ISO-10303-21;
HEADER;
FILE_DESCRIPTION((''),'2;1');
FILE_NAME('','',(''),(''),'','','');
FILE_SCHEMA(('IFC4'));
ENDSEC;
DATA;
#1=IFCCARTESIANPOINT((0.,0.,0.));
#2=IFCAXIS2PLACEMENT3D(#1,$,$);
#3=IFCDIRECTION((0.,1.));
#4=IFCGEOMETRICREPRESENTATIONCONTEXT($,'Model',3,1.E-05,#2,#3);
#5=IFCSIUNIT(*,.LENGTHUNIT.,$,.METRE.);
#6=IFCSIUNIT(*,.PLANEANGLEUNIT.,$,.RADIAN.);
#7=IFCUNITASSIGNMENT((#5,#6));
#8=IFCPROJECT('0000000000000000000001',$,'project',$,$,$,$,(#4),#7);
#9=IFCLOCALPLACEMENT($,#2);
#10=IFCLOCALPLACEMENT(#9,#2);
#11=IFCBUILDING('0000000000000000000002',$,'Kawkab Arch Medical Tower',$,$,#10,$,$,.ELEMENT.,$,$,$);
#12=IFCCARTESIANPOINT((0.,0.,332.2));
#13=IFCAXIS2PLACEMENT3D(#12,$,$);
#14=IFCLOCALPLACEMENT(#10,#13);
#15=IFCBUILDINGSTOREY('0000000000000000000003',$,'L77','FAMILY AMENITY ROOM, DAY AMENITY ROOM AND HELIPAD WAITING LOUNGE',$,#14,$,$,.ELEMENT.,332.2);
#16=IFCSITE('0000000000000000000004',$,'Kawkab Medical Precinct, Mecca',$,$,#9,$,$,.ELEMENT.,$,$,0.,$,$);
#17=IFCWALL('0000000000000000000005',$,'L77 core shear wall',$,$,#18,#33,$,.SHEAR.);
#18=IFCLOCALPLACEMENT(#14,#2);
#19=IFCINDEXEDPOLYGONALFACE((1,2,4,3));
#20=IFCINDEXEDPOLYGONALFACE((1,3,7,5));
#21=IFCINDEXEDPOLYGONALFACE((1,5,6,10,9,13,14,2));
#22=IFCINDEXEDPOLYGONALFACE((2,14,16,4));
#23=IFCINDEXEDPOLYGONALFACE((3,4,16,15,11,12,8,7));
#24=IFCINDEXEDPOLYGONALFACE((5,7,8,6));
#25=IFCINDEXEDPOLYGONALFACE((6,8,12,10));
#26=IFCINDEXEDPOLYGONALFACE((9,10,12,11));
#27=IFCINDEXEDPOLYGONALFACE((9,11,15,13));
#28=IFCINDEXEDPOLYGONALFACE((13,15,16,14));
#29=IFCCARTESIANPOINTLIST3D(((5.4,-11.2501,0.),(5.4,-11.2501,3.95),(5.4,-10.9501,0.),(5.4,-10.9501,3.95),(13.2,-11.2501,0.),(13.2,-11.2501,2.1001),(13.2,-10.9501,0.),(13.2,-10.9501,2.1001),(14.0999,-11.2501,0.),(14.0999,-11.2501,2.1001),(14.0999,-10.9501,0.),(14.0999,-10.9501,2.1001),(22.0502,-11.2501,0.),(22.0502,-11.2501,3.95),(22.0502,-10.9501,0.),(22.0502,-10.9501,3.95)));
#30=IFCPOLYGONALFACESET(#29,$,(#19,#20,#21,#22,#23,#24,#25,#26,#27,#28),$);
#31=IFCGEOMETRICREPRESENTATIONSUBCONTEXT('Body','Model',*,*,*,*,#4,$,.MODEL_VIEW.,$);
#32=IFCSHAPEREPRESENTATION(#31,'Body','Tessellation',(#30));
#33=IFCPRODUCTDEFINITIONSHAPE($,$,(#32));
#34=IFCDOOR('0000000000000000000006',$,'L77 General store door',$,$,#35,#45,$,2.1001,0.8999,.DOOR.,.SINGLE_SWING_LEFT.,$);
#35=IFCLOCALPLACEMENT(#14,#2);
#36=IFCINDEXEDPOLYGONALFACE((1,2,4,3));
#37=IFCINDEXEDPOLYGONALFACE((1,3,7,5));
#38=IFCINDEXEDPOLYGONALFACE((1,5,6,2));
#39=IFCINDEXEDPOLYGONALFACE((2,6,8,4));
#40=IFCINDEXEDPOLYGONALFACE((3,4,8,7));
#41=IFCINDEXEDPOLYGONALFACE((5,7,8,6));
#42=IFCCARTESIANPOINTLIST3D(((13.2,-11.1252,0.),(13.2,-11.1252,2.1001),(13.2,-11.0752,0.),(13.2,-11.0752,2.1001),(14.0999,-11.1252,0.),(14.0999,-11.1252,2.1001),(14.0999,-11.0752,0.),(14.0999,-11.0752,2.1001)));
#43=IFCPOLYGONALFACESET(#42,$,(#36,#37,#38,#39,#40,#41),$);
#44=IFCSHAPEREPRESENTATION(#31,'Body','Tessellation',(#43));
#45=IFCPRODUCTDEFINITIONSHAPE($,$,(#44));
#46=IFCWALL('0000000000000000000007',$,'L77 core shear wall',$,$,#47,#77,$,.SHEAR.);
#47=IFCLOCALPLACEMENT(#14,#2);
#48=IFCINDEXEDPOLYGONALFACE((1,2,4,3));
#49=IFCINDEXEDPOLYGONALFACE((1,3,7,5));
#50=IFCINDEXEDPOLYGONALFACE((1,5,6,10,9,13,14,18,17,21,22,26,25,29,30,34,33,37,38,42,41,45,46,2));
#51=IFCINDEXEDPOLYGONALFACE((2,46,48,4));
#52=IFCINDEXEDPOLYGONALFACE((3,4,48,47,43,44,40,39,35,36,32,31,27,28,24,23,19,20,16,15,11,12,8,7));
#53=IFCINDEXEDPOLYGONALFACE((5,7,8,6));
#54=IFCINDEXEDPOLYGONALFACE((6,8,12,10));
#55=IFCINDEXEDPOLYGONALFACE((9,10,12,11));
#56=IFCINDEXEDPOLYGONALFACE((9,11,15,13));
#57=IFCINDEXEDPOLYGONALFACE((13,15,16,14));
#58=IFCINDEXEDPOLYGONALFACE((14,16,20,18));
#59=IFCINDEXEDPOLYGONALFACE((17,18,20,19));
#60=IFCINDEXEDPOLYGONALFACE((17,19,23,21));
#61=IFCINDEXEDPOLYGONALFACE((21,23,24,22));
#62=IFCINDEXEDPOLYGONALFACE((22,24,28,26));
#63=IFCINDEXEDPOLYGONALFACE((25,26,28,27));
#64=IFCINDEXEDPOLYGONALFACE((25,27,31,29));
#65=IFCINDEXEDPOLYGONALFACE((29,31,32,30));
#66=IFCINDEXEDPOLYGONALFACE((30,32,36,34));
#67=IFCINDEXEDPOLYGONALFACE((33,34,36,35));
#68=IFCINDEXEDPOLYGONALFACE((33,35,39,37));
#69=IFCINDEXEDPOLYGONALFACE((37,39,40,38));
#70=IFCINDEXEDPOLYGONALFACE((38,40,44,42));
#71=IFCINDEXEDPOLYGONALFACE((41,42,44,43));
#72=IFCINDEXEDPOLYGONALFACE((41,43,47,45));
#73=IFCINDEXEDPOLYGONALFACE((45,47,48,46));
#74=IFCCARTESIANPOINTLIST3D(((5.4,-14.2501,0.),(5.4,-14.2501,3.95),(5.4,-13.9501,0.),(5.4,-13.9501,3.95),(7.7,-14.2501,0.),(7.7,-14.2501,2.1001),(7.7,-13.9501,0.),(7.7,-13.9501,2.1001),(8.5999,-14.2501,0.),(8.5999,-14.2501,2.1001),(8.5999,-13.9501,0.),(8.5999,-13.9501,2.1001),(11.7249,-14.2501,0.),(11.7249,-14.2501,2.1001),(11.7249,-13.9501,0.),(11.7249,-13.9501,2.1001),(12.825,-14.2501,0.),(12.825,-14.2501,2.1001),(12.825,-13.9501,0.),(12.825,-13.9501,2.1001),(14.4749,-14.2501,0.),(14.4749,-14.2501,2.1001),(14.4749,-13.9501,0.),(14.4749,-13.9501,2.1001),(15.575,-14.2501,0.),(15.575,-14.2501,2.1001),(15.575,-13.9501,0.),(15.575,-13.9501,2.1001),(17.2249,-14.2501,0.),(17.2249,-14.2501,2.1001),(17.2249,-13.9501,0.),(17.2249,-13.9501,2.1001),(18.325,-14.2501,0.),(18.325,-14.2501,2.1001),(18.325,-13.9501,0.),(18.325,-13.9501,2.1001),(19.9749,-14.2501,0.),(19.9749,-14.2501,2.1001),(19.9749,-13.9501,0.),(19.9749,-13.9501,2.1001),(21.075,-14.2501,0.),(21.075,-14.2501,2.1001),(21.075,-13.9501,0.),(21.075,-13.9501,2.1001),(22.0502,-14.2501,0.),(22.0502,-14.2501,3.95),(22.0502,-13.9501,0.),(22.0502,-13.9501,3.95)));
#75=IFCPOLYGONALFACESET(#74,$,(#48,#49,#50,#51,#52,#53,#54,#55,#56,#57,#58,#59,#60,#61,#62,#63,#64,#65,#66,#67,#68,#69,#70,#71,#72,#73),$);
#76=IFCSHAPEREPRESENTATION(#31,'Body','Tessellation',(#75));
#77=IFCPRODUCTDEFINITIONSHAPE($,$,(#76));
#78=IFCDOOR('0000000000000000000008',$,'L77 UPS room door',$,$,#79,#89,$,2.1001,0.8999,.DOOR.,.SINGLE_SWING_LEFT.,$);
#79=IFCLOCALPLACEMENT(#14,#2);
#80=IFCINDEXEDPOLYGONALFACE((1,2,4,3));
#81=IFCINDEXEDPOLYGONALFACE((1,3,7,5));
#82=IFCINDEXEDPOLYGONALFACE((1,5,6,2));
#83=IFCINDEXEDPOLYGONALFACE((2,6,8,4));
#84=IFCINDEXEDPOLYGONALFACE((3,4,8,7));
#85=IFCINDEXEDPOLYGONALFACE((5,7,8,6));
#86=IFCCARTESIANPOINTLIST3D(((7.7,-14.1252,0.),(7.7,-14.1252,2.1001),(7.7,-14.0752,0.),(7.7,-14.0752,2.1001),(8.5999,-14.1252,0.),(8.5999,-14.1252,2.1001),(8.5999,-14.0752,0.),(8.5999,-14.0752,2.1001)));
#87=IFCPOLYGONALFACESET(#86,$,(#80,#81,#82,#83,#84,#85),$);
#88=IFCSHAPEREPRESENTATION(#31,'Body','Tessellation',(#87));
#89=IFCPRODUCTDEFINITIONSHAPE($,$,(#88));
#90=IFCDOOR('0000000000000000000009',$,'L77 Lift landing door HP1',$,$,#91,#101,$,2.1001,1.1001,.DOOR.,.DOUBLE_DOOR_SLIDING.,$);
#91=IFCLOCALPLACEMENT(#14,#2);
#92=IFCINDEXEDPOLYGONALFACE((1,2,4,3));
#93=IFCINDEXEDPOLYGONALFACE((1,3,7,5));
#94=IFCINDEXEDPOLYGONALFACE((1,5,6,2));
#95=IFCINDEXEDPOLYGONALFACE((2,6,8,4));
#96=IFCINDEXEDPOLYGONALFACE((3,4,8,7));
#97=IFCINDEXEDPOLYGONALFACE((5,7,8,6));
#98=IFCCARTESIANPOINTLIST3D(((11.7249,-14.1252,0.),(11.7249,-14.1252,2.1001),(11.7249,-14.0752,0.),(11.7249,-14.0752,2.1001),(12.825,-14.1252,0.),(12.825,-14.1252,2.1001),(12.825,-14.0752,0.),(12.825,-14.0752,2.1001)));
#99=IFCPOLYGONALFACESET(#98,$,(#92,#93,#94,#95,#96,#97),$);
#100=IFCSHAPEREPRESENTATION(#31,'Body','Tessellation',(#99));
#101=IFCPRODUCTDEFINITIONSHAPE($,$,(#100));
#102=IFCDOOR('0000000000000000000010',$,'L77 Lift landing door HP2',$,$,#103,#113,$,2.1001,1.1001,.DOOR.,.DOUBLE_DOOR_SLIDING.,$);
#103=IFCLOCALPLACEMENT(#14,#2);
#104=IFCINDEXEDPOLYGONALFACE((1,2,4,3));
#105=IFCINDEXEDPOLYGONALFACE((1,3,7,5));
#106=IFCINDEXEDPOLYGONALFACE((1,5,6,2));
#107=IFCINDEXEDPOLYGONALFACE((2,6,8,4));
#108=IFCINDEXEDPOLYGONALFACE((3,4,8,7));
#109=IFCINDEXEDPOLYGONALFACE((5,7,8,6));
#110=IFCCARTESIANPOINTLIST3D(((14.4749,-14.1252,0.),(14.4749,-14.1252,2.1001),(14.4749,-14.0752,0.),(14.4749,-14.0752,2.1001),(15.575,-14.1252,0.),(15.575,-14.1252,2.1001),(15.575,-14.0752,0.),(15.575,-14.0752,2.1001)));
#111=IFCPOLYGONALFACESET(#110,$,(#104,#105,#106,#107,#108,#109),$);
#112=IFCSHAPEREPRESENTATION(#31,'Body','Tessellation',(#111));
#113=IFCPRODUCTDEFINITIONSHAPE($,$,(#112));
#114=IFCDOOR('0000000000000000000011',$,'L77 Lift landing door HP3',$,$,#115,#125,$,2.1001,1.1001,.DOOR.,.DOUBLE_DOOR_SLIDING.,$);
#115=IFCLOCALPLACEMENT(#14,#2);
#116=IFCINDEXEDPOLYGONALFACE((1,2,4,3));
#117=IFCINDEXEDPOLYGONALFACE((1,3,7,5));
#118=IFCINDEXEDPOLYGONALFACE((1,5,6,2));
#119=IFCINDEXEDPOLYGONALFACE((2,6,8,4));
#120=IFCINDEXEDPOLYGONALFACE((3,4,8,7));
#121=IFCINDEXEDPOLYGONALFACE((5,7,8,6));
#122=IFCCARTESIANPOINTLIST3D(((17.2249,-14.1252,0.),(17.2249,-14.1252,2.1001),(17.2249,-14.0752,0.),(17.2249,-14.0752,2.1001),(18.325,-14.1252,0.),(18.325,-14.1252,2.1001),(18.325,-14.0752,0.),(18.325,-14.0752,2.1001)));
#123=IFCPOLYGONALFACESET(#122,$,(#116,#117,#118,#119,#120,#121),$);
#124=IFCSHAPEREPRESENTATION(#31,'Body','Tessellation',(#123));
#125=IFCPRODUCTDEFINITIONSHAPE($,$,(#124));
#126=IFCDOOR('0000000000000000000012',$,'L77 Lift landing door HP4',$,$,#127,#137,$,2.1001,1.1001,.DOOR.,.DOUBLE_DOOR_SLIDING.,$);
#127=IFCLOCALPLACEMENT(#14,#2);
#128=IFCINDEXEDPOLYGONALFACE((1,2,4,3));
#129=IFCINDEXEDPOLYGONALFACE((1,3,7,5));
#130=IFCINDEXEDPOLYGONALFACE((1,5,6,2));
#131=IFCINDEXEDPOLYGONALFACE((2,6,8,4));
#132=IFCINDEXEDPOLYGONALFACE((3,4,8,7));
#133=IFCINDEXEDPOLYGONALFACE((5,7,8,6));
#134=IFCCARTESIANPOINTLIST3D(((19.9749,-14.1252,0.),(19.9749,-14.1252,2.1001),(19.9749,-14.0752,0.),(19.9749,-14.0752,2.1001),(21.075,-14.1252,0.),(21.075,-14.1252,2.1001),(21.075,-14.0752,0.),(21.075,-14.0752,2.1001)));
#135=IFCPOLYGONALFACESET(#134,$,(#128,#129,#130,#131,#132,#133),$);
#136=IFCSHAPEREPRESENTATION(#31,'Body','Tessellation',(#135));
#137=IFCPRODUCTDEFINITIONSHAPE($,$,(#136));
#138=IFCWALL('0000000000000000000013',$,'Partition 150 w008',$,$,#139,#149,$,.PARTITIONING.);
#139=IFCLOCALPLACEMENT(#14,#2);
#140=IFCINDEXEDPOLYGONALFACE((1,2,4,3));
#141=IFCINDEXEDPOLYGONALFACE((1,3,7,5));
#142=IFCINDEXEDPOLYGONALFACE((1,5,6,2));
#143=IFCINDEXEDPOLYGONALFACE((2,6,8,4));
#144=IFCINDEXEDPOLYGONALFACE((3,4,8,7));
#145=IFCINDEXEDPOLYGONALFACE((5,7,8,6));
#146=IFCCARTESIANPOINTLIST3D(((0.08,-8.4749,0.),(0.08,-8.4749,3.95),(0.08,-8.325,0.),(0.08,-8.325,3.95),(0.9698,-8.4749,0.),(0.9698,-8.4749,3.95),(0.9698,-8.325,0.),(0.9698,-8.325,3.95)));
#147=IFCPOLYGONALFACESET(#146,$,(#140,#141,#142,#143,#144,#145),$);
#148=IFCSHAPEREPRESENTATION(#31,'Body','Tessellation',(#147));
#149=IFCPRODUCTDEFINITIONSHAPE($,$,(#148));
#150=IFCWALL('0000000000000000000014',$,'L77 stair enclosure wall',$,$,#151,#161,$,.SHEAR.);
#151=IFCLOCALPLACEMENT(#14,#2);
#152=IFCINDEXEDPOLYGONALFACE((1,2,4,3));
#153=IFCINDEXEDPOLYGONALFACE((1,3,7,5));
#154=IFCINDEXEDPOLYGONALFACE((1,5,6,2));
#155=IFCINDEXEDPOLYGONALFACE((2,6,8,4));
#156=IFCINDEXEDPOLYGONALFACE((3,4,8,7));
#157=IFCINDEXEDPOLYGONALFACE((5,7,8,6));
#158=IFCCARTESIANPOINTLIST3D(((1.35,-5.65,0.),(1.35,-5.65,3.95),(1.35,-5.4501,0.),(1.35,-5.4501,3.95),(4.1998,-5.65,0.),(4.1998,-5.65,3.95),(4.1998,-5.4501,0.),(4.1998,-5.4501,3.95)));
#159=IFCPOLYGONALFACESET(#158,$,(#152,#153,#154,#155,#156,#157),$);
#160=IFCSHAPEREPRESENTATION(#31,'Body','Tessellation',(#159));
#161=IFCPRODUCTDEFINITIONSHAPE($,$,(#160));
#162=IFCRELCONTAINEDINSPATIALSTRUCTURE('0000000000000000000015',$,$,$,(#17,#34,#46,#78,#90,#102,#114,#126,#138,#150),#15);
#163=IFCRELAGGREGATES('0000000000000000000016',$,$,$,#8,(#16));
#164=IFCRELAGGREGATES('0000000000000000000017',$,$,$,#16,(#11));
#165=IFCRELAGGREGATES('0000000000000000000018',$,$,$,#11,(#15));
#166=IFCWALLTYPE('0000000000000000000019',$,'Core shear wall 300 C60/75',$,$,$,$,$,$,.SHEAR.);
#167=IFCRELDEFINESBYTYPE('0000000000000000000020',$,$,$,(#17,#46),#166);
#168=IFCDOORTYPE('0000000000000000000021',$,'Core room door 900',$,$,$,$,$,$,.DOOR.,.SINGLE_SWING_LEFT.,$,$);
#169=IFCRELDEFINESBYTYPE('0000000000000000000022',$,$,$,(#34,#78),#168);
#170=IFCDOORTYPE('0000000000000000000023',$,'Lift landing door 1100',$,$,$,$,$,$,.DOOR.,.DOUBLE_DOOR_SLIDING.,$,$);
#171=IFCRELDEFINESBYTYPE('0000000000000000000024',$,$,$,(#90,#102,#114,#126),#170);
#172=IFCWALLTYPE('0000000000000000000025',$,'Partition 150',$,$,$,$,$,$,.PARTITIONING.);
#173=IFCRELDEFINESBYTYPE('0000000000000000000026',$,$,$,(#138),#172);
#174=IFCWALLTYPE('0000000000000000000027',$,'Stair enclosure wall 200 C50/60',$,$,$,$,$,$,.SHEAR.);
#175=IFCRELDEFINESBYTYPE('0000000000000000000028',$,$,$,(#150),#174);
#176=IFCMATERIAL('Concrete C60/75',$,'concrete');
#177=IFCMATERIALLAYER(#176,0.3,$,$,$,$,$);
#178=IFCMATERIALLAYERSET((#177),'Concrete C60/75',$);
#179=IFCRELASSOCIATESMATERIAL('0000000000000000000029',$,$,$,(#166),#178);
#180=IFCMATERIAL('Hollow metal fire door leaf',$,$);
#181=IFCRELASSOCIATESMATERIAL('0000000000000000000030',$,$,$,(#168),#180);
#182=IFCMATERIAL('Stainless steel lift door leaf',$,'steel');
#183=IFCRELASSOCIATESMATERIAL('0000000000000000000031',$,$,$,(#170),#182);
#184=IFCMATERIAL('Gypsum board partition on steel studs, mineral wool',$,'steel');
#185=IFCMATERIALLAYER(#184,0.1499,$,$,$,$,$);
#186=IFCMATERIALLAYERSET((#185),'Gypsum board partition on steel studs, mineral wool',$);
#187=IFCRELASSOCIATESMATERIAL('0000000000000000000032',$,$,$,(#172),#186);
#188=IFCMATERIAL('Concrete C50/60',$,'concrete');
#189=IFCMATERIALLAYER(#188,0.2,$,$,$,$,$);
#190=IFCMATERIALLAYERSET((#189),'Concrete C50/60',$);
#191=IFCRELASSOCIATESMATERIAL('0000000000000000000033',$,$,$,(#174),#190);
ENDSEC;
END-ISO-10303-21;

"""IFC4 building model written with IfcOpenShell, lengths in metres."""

from ifc_helpers import new_model, si_unit, direction, frame, frame_2d, origin, place, context, subcontext, project, spatial, rectangle, extrude, material, layer, layer_set, type_object, element, fill, save


model = new_model("IFC4")

# Units and contexts
model_context = context("Model", 3, precision=1e-05, world=origin(), true_north=direction((0.0, 1.0)))
body_context = subcontext(model_context, "Body", "Model", "MODEL_VIEW")
ifc_project = project(units=[si_unit("LENGTHUNIT", "METRE"), si_unit("PLANEANGLEUNIT", "RADIAN")], contexts=[model_context])

# Site, building, storey
site_placement = place(None, origin())
site = spatial("IfcSite", under=ifc_project, at=site_placement, Name="Kawkab Medical Precinct, Mecca", CompositionType="ELEMENT", RefElevation=0.0)
building_placement = place(site_placement, origin())
building = spatial("IfcBuilding", under=site, at=building_placement, Name="Kawkab Arch Medical Tower", CompositionType="ELEMENT")
storey_placement = place(building_placement, frame((0.0, 0.0, 332.2)))
storey = spatial("IfcBuildingStorey", under=building, at=storey_placement, Name="L77", Description="FAMILY AMENITY ROOM, DAY AMENITY ROOM AND HELIPAD WAITING LOUNGE", CompositionType="ELEMENT", Elevation=332.2)

# Shared definitions
ifc_material_1 = material(Name="Concrete C60/75", Category="concrete")
ifc_layer_1 = layer(ifc_material_1, 0.3)
ifc_layer_set_1 = layer_set([ifc_layer_1], Name="Concrete C60/75")
wall_type_1 = type_object("IfcWallType", Name="Core shear wall 300 C60/75", PredefinedType="SHEAR", material=ifc_layer_set_1)

# Wall, opening, door
wall_1_placement = place(storey_placement, frame((5.3999, -11.1001, 0.0), z_axis=(0.0, 0.0, 1.0), x_axis=(1.0, 0.0, 0.0)))
wall_1 = element("IfcWall", 1, at=wall_1_placement, inside=storey, type_object=wall_type_1, Name="L77 core shear wall", PredefinedType="SHEAR", context=body_context, shape_type="SweptSolid", body=[
    extrude(rectangle(XDim=16.6501, YDim=0.3, at=frame_2d((8.3252, 0.0))), origin(), (0.0, 0.0, 1.0), 3.95),
])
opening_1_placement = place(wall_1_placement, frame((7.8, 0.0, 0.0)))
opening_1 = element("IfcOpeningElement", 2, at=opening_1_placement, cuts=wall_1, PredefinedType="OPENING", context=body_context, shape_type="SweptSolid", body=[
    extrude(rectangle(XDim=0.8999, YDim=2.1001, at=frame_2d((0.45, 1.05))), frame((0.0, 0.1599, 0.0), z_axis=(0.0, -1.0, 0.0), x_axis=(1.0, 0.0, 0.0)), (0.0, 0.0, 1.0), 0.3201),
])
ifc_material_2 = material(Name="Hollow metal fire door leaf")
door_type_1 = type_object("IfcDoorType", Name="Core room door 900", OperationType="SINGLE_SWING_LEFT", PredefinedType="DOOR", material=ifc_material_2)
door_1_placement = place(opening_1_placement, origin())
door_1 = element("IfcDoor", 3, at=door_1_placement, inside=storey, type_object=door_type_1, Name="L77 General store door", OperationType="SINGLE_SWING_LEFT", OverallHeight=2.1001, OverallWidth=0.8999, PredefinedType="DOOR", context=body_context, shape_type="SweptSolid", body=[
    extrude(rectangle(XDim=0.8999, YDim=2.1001, at=frame_2d((0.45, 1.05))), frame((0.0, 0.0249, 0.0), z_axis=(0.0, -1.0, 0.0), x_axis=(1.0, 0.0, 0.0)), (0.0, 0.0, 1.0), 0.05),
])
fill(opening_1, door_1)

# Wall, openings, doors
wall_2_placement = place(storey_placement, frame((5.3999, -14.1001, 0.0), z_axis=(0.0, 0.0, 1.0), x_axis=(1.0, 0.0, 0.0)))
wall_2 = element("IfcWall", 4, at=wall_2_placement, inside=storey, type_object=wall_type_1, Name="L77 core shear wall", PredefinedType="SHEAR", context=body_context, shape_type="SweptSolid", body=[
    extrude(rectangle(XDim=16.6501, YDim=0.3, at=frame_2d((8.3252, 0.0))), origin(), (0.0, 0.0, 1.0), 3.95),
])
opening_2_placement = place(wall_2_placement, frame((6.325, 0.0, 0.0)))
opening_2 = element("IfcOpeningElement", 5, at=opening_2_placement, cuts=wall_2, PredefinedType="OPENING", context=body_context, shape_type="SweptSolid", body=[
    extrude(rectangle(XDim=1.1001, YDim=2.1001, at=frame_2d((0.55, 1.05))), frame((0.0, 0.1599, 0.0), z_axis=(0.0, -1.0, 0.0), x_axis=(1.0, 0.0, 0.0)), (0.0, 0.0, 1.0), 0.3201),
])
opening_3_placement = place(wall_2_placement, frame((9.075, 0.0, 0.0)))
opening_3 = element("IfcOpeningElement", 6, at=opening_3_placement, cuts=wall_2, PredefinedType="OPENING", context=body_context, shape_type="SweptSolid", body=[
    extrude(rectangle(XDim=1.1001, YDim=2.1001, at=frame_2d((0.55, 1.05))), frame((0.0, 0.1599, 0.0), z_axis=(0.0, -1.0, 0.0), x_axis=(1.0, 0.0, 0.0)), (0.0, 0.0, 1.0), 0.3201),
])
opening_4_placement = place(wall_2_placement, frame((11.825, 0.0, 0.0)))
opening_4 = element("IfcOpeningElement", 7, at=opening_4_placement, cuts=wall_2, PredefinedType="OPENING", context=body_context, shape_type="SweptSolid", body=[
    extrude(rectangle(XDim=1.1001, YDim=2.1001, at=frame_2d((0.55, 1.05))), frame((0.0, 0.1599, 0.0), z_axis=(0.0, -1.0, 0.0), x_axis=(1.0, 0.0, 0.0)), (0.0, 0.0, 1.0), 0.3201),
])
opening_5_placement = place(wall_2_placement, frame((14.575, 0.0, 0.0)))
opening_5 = element("IfcOpeningElement", 8, at=opening_5_placement, cuts=wall_2, PredefinedType="OPENING", context=body_context, shape_type="SweptSolid", body=[
    extrude(rectangle(XDim=1.1001, YDim=2.1001, at=frame_2d((0.55, 1.05))), frame((0.0, 0.1599, 0.0), z_axis=(0.0, -1.0, 0.0), x_axis=(1.0, 0.0, 0.0)), (0.0, 0.0, 1.0), 0.3201),
])
opening_6_placement = place(wall_2_placement, frame((2.3, 0.0, 0.0)))
opening_6 = element("IfcOpeningElement", 9, at=opening_6_placement, cuts=wall_2, PredefinedType="OPENING", context=body_context, shape_type="SweptSolid", body=[
    extrude(rectangle(XDim=0.8999, YDim=2.1001, at=frame_2d((0.45, 1.05))), frame((0.0, 0.1599, 0.0), z_axis=(0.0, -1.0, 0.0), x_axis=(1.0, 0.0, 0.0)), (0.0, 0.0, 1.0), 0.3201),
])
door_2_placement = place(opening_6_placement, origin())
door_2 = element("IfcDoor", 10, at=door_2_placement, inside=storey, type_object=door_type_1, Name="L77 UPS room door", OperationType="SINGLE_SWING_LEFT", OverallHeight=2.1001, OverallWidth=0.8999, PredefinedType="DOOR", context=body_context, shape_type="SweptSolid", body=[
    extrude(rectangle(XDim=0.8999, YDim=2.1001, at=frame_2d((0.45, 1.05))), frame((0.0, 0.0249, 0.0), z_axis=(0.0, -1.0, 0.0), x_axis=(1.0, 0.0, 0.0)), (0.0, 0.0, 1.0), 0.05),
])
fill(opening_6, door_2)
ifc_material_3 = material(Name="Stainless steel lift door leaf", Category="steel")
door_type_2 = type_object("IfcDoorType", Name="Lift landing door 1100", OperationType="DOUBLE_DOOR_SLIDING", PredefinedType="DOOR", material=ifc_material_3)
door_3_placement = place(opening_2_placement, origin())
door_3 = element("IfcDoor", 11, at=door_3_placement, inside=storey, type_object=door_type_2, Name="L77 Lift landing door HP1", OperationType="DOUBLE_DOOR_SLIDING", OverallHeight=2.1001, OverallWidth=1.1001, PredefinedType="DOOR", context=body_context, shape_type="SweptSolid", body=[
    extrude(rectangle(XDim=1.1001, YDim=2.1001, at=frame_2d((0.55, 1.05))), frame((0.0, 0.0249, 0.0), z_axis=(0.0, -1.0, 0.0), x_axis=(1.0, 0.0, 0.0)), (0.0, 0.0, 1.0), 0.05),
])
fill(opening_2, door_3)
door_4_placement = place(opening_3_placement, origin())
door_4 = element("IfcDoor", 12, at=door_4_placement, inside=storey, type_object=door_type_2, Name="L77 Lift landing door HP2", OperationType="DOUBLE_DOOR_SLIDING", OverallHeight=2.1001, OverallWidth=1.1001, PredefinedType="DOOR", context=body_context, shape_type="SweptSolid", body=[
    extrude(rectangle(XDim=1.1001, YDim=2.1001, at=frame_2d((0.55, 1.05))), frame((0.0, 0.0249, 0.0), z_axis=(0.0, -1.0, 0.0), x_axis=(1.0, 0.0, 0.0)), (0.0, 0.0, 1.0), 0.05),
])
fill(opening_3, door_4)
door_5_placement = place(opening_4_placement, origin())
door_5 = element("IfcDoor", 13, at=door_5_placement, inside=storey, type_object=door_type_2, Name="L77 Lift landing door HP3", OperationType="DOUBLE_DOOR_SLIDING", OverallHeight=2.1001, OverallWidth=1.1001, PredefinedType="DOOR", context=body_context, shape_type="SweptSolid", body=[
    extrude(rectangle(XDim=1.1001, YDim=2.1001, at=frame_2d((0.55, 1.05))), frame((0.0, 0.0249, 0.0), z_axis=(0.0, -1.0, 0.0), x_axis=(1.0, 0.0, 0.0)), (0.0, 0.0, 1.0), 0.05),
])
fill(opening_4, door_5)
door_6_placement = place(opening_5_placement, origin())
door_6 = element("IfcDoor", 14, at=door_6_placement, inside=storey, type_object=door_type_2, Name="L77 Lift landing door HP4", OperationType="DOUBLE_DOOR_SLIDING", OverallHeight=2.1001, OverallWidth=1.1001, PredefinedType="DOOR", context=body_context, shape_type="SweptSolid", body=[
    extrude(rectangle(XDim=1.1001, YDim=2.1001, at=frame_2d((0.55, 1.05))), frame((0.0, 0.0249, 0.0), z_axis=(0.0, -1.0, 0.0), x_axis=(1.0, 0.0, 0.0)), (0.0, 0.0, 1.0), 0.05),
])
fill(opening_5, door_6)

# Walls
ifc_material_4 = material(Name="Gypsum board partition on steel studs, mineral wool", Category="steel")
ifc_layer_2 = layer(ifc_material_4, 0.1499)
ifc_layer_set_2 = layer_set([ifc_layer_2], Name="Gypsum board partition on steel studs, mineral wool")
wall_type_2 = type_object("IfcWallType", Name="Partition 150", PredefinedType="PARTITIONING", material=ifc_layer_set_2)
wall_3_placement = place(storey_placement, frame((0.0801, -8.3999, 0.0), z_axis=(0.0, 0.0, 1.0), x_axis=(1.0, 0.0, 0.0)))
element("IfcWall", 15, at=wall_3_placement, inside=storey, type_object=wall_type_2, Name="Partition 150 w008", PredefinedType="PARTITIONING", context=body_context, shape_type="SweptSolid", body=[
    extrude(rectangle(XDim=0.8899, YDim=0.1499, at=frame_2d((0.4448, 0.0))), origin(), (0.0, 0.0, 1.0), 3.95),
])
ifc_material_5 = material(Name="Concrete C50/60", Category="concrete")
ifc_layer_3 = layer(ifc_material_5, 0.2)
ifc_layer_set_3 = layer_set([ifc_layer_3], Name="Concrete C50/60")
wall_type_3 = type_object("IfcWallType", Name="Stair enclosure wall 200 C50/60", PredefinedType="SHEAR", material=ifc_layer_set_3)
for number, where, z_axis, x_axis, name in (
    (16, (1.3501, -5.55, 0.0), (0.0, 0.0, 1.0), (1.0, 0.0, 0.0), "L77 stair enclosure wall"),
):
    element("IfcWall", number, at=place(storey_placement, frame(where, z_axis=z_axis, x_axis=x_axis)), inside=storey, type_object=wall_type_3, Name=name, PredefinedType="SHEAR", context=body_context, shape_type="SweptSolid", body=[
        extrude(rectangle(XDim=2.8499, YDim=0.2, at=frame_2d((1.4248, 0.0))), origin(), (0.0, 0.0, 1.0), 3.95),
    ])

save(model, "model.ifc")
